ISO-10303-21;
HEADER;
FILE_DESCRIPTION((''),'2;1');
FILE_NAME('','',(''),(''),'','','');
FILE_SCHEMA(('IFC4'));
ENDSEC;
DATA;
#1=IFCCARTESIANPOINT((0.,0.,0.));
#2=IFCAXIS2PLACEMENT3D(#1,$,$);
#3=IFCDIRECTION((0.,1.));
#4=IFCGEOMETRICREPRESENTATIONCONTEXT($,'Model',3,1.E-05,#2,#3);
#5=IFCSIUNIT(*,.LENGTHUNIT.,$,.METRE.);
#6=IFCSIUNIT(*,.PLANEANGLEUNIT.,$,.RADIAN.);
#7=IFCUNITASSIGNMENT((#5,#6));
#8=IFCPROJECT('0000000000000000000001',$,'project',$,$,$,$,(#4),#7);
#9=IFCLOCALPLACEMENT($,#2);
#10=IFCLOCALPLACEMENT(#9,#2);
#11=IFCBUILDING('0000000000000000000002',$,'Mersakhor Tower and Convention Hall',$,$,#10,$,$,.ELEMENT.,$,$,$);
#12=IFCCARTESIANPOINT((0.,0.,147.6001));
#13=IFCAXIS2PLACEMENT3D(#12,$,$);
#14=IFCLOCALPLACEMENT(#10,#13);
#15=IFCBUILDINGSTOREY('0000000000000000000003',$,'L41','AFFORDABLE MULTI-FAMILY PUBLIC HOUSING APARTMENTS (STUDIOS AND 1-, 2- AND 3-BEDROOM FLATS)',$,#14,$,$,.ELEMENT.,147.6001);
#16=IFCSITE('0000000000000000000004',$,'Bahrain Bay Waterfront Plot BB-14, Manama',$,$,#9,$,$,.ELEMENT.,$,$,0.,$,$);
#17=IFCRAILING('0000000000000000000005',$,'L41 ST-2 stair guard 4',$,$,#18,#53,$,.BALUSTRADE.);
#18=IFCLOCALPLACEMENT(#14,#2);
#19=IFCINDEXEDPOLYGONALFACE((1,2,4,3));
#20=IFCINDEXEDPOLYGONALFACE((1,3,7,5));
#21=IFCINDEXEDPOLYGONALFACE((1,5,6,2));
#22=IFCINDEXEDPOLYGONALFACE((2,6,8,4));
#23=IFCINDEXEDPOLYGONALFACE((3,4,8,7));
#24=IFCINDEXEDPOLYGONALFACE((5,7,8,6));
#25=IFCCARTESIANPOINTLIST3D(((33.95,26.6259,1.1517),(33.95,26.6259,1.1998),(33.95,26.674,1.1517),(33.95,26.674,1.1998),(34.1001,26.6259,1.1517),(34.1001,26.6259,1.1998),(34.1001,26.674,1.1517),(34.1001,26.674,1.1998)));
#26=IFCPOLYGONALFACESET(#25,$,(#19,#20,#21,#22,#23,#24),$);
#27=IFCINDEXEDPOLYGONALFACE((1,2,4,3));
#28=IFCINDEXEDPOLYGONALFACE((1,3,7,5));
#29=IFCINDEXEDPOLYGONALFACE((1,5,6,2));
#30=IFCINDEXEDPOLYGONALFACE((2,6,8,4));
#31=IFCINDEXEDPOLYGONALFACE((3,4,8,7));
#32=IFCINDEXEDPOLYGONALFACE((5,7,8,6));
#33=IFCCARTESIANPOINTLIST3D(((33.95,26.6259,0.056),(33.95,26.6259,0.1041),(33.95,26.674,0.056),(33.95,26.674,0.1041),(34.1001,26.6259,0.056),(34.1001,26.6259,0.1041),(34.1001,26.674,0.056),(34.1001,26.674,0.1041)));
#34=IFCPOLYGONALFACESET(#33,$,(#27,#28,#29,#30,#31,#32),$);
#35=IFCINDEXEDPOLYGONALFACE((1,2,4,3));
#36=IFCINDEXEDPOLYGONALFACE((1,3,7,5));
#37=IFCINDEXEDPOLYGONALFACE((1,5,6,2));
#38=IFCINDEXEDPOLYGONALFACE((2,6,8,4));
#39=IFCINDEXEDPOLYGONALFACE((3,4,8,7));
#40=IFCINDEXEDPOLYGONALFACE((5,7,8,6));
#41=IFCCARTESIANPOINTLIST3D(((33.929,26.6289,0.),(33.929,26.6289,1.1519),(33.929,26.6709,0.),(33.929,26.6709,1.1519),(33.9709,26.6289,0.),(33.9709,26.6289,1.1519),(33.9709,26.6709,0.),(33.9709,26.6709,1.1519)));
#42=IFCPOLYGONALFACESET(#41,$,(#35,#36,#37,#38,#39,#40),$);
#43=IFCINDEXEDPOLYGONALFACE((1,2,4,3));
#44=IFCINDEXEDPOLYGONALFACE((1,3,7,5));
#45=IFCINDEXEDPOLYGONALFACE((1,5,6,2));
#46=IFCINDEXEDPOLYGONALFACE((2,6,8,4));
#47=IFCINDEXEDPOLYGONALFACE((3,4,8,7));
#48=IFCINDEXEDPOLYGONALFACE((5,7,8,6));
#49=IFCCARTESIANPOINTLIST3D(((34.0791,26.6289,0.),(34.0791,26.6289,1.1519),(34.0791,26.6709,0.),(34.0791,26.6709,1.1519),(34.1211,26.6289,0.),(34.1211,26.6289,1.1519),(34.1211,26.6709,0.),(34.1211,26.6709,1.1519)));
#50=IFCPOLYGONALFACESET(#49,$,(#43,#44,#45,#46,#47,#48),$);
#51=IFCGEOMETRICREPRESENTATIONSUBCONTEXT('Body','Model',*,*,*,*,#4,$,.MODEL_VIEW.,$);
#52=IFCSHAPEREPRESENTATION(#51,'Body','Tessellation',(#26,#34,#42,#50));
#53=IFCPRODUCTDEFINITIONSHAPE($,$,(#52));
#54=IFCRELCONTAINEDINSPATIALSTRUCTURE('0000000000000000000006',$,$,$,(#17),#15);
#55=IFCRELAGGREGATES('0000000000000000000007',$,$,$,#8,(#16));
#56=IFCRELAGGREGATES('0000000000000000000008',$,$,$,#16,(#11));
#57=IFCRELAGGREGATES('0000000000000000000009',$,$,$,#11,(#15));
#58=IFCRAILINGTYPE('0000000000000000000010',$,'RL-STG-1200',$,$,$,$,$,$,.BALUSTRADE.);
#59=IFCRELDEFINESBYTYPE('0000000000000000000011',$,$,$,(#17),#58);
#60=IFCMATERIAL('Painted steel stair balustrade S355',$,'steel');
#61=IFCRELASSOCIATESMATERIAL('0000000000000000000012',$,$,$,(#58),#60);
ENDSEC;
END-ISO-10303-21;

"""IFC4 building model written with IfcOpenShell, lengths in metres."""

from ifc_helpers import new_model, si_unit, direction, frame, origin, origin_2d, place, context, subcontext, project, spatial, rectangle, extrude, material, type_object, element, save


model = new_model("IFC4")

# Units and contexts
model_context = context("Model", 3, precision=1e-05, world=origin(), true_north=direction((0.0, 1.0)))
body_context = subcontext(model_context, "Body", "Model", "MODEL_VIEW")
ifc_project = project(units=[si_unit("LENGTHUNIT", "METRE"), si_unit("PLANEANGLEUNIT", "RADIAN")], contexts=[model_context])

# Site, building, storey
site_placement = place(None, origin())
site = spatial("IfcSite", under=ifc_project, at=site_placement, Name="Bahrain Bay Waterfront Plot BB-14, Manama", CompositionType="ELEMENT", RefElevation=0.0)
building_placement = place(site_placement, origin())
building = spatial("IfcBuilding", under=site, at=building_placement, Name="Mersakhor Tower and Convention Hall", CompositionType="ELEMENT")
storey_placement = place(building_placement, frame((0.0, 0.0, 147.6001)))
storey = spatial("IfcBuildingStorey", under=building, at=storey_placement, Name="L41", Description="AFFORDABLE MULTI-FAMILY PUBLIC HOUSING APARTMENTS (STUDIOS AND 1-, 2- AND 3-BEDROOM FLATS)", CompositionType="ELEMENT", Elevation=147.6001)

# Railing
ifc_material_1 = material(Name="Painted steel stair balustrade S355", Category="steel")
railing_type_1 = type_object("IfcRailingType", Name="RL-STG-1200", PredefinedType="BALUSTRADE", material=ifc_material_1)
railing_1_placement = place(storey_placement, frame((33.95, 26.6499, 0.0)))
element("IfcRailing", 1, at=railing_1_placement, inside=storey, type_object=railing_type_1, Name="L41 ST-2 stair guard 4", PredefinedType="BALUSTRADE", context=body_context, shape_type="SweptSolid", body=[
    extrude(rectangle(XDim=0.0481, YDim=0.0481, at=origin_2d()), frame((0.0, 0.0, 1.1758), z_axis=(1.0, 0.0, 0.0), x_axis=(0.0, 1.0, 0.0)), (0.0, 0.0, 1.0), 0.1501),
    extrude(rectangle(XDim=0.0481, YDim=0.0481, at=origin_2d()), frame((0.0, 0.0, 0.0801), z_axis=(1.0, 0.0, 0.0), x_axis=(0.0, 1.0, 0.0)), (0.0, 0.0, 1.0), 0.1501),
    extrude(rectangle(XDim=0.042, YDim=0.042, at=origin_2d()), origin(), (0.0, 0.0, 1.0), 1.1519),
    extrude(rectangle(XDim=0.042, YDim=0.042, at=origin_2d()), frame((0.1501, 0.0, 0.0)), (0.0, 0.0, 1.0), 1.1519),
])

save(model, "model.ifc")
